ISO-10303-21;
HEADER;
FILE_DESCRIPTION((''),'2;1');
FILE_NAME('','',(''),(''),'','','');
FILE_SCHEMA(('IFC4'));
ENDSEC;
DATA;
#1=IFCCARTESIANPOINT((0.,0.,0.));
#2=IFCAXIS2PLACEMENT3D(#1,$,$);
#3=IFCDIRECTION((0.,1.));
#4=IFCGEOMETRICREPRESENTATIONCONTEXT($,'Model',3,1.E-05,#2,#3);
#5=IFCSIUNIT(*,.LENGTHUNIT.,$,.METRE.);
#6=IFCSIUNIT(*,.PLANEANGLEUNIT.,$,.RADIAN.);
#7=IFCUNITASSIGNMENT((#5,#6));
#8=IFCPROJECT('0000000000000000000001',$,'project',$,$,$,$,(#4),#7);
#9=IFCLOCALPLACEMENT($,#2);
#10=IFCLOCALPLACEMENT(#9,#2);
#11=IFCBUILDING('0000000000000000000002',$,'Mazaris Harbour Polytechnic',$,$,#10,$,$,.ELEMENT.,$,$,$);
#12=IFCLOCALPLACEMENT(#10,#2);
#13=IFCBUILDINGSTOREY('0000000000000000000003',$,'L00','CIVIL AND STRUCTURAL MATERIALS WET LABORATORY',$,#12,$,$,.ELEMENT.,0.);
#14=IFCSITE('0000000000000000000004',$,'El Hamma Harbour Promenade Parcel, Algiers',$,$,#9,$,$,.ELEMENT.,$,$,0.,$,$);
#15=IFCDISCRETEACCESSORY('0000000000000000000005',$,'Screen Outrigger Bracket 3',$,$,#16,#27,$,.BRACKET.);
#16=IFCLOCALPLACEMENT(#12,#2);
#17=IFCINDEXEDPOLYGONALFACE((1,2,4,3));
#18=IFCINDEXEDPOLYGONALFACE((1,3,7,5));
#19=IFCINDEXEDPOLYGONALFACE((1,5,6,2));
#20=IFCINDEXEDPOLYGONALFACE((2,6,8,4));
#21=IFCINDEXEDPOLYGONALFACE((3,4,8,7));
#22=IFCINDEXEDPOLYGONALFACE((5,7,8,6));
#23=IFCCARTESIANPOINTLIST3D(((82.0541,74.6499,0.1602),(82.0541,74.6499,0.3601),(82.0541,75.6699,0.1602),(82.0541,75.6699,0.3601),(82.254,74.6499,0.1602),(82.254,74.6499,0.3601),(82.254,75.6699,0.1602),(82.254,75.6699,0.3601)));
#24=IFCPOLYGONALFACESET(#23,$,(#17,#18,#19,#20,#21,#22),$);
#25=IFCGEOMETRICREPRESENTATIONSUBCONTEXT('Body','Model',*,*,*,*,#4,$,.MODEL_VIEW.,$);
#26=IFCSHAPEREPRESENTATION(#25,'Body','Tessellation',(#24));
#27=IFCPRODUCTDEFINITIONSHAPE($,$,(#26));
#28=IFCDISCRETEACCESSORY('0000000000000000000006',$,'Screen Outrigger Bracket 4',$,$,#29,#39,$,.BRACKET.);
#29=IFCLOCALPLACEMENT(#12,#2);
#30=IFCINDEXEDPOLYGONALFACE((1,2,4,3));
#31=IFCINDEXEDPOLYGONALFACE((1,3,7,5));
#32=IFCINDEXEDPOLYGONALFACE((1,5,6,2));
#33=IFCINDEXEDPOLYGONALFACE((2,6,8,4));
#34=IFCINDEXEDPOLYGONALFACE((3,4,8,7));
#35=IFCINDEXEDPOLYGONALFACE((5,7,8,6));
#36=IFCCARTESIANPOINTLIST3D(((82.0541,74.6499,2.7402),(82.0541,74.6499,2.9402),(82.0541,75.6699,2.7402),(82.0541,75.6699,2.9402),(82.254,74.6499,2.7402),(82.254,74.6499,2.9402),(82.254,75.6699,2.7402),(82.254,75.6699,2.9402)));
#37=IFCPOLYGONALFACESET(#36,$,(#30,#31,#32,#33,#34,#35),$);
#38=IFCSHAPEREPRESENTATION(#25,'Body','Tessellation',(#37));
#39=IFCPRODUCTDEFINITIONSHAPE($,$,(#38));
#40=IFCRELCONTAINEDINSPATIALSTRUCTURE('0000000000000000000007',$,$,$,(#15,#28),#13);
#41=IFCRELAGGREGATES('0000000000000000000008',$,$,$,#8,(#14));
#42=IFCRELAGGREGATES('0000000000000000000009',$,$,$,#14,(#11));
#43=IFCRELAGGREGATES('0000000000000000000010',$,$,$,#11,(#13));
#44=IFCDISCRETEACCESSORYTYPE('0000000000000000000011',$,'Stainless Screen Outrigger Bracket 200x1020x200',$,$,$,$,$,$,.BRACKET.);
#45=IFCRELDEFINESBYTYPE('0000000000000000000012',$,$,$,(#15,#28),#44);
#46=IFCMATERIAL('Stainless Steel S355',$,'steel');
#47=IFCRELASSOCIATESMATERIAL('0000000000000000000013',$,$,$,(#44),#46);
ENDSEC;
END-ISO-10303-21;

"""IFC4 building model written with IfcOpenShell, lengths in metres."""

from ifc_helpers import new_model, si_unit, direction, frame, origin, origin_2d, place, context, subcontext, project, spatial, rectangle, extrude, material, type_object, element, save


model = new_model("IFC4")

# Units and contexts
model_context = context("Model", 3, precision=1e-05, world=origin(), true_north=direction((0.0, 1.0)))
body_context = subcontext(model_context, "Body", "Model", "MODEL_VIEW")
ifc_project = project(units=[si_unit("LENGTHUNIT", "METRE"), si_unit("PLANEANGLEUNIT", "RADIAN")], contexts=[model_context])

# Site, building, storey
site_placement = place(None, origin())
site = spatial("IfcSite", under=ifc_project, at=site_placement, Name="El Hamma Harbour Promenade Parcel, Algiers", CompositionType="ELEMENT", RefElevation=0.0)
building_placement = place(site_placement, origin())
building = spatial("IfcBuilding", under=site, at=building_placement, Name="Mazaris Harbour Polytechnic", CompositionType="ELEMENT")
storey_placement = place(building_placement, origin())
storey = spatial("IfcBuildingStorey", under=building, at=storey_placement, Name="L00", Description="CIVIL AND STRUCTURAL MATERIALS WET LABORATORY", CompositionType="ELEMENT", Elevation=0.0)

# Discrete accessories
ifc_material_1 = material(Name="Stainless Steel S355", Category="steel")
discrete_accessory_type = type_object("IfcDiscreteAccessoryType", Name="Stainless Screen Outrigger Bracket 200x1020x200", PredefinedType="BRACKET", material=ifc_material_1)
for number, where, z_axis, x_axis, name in (
    (1, (82.1541, 75.1599, 0.1602), (0.0, 0.0, 1.0), (-1.0, 0.0, 0.0), "Screen Outrigger Bracket 3"),
    (2, (82.1541, 75.1599, 2.7402), (0.0, 0.0, 1.0), (-1.0, 0.0, 0.0), "Screen Outrigger Bracket 4"),
):
    element("IfcDiscreteAccessory", number, at=place(storey_placement, frame(where, z_axis=z_axis, x_axis=x_axis)), inside=storey, type_object=discrete_accessory_type, Name=name, PredefinedType="BRACKET", context=body_context, shape_type="SweptSolid", body=[
        extrude(rectangle(XDim=0.2, YDim=1.02, at=origin_2d()), origin(), (0.0, 0.0, 1.0), 0.2),
    ])

save(model, "model.ifc")
